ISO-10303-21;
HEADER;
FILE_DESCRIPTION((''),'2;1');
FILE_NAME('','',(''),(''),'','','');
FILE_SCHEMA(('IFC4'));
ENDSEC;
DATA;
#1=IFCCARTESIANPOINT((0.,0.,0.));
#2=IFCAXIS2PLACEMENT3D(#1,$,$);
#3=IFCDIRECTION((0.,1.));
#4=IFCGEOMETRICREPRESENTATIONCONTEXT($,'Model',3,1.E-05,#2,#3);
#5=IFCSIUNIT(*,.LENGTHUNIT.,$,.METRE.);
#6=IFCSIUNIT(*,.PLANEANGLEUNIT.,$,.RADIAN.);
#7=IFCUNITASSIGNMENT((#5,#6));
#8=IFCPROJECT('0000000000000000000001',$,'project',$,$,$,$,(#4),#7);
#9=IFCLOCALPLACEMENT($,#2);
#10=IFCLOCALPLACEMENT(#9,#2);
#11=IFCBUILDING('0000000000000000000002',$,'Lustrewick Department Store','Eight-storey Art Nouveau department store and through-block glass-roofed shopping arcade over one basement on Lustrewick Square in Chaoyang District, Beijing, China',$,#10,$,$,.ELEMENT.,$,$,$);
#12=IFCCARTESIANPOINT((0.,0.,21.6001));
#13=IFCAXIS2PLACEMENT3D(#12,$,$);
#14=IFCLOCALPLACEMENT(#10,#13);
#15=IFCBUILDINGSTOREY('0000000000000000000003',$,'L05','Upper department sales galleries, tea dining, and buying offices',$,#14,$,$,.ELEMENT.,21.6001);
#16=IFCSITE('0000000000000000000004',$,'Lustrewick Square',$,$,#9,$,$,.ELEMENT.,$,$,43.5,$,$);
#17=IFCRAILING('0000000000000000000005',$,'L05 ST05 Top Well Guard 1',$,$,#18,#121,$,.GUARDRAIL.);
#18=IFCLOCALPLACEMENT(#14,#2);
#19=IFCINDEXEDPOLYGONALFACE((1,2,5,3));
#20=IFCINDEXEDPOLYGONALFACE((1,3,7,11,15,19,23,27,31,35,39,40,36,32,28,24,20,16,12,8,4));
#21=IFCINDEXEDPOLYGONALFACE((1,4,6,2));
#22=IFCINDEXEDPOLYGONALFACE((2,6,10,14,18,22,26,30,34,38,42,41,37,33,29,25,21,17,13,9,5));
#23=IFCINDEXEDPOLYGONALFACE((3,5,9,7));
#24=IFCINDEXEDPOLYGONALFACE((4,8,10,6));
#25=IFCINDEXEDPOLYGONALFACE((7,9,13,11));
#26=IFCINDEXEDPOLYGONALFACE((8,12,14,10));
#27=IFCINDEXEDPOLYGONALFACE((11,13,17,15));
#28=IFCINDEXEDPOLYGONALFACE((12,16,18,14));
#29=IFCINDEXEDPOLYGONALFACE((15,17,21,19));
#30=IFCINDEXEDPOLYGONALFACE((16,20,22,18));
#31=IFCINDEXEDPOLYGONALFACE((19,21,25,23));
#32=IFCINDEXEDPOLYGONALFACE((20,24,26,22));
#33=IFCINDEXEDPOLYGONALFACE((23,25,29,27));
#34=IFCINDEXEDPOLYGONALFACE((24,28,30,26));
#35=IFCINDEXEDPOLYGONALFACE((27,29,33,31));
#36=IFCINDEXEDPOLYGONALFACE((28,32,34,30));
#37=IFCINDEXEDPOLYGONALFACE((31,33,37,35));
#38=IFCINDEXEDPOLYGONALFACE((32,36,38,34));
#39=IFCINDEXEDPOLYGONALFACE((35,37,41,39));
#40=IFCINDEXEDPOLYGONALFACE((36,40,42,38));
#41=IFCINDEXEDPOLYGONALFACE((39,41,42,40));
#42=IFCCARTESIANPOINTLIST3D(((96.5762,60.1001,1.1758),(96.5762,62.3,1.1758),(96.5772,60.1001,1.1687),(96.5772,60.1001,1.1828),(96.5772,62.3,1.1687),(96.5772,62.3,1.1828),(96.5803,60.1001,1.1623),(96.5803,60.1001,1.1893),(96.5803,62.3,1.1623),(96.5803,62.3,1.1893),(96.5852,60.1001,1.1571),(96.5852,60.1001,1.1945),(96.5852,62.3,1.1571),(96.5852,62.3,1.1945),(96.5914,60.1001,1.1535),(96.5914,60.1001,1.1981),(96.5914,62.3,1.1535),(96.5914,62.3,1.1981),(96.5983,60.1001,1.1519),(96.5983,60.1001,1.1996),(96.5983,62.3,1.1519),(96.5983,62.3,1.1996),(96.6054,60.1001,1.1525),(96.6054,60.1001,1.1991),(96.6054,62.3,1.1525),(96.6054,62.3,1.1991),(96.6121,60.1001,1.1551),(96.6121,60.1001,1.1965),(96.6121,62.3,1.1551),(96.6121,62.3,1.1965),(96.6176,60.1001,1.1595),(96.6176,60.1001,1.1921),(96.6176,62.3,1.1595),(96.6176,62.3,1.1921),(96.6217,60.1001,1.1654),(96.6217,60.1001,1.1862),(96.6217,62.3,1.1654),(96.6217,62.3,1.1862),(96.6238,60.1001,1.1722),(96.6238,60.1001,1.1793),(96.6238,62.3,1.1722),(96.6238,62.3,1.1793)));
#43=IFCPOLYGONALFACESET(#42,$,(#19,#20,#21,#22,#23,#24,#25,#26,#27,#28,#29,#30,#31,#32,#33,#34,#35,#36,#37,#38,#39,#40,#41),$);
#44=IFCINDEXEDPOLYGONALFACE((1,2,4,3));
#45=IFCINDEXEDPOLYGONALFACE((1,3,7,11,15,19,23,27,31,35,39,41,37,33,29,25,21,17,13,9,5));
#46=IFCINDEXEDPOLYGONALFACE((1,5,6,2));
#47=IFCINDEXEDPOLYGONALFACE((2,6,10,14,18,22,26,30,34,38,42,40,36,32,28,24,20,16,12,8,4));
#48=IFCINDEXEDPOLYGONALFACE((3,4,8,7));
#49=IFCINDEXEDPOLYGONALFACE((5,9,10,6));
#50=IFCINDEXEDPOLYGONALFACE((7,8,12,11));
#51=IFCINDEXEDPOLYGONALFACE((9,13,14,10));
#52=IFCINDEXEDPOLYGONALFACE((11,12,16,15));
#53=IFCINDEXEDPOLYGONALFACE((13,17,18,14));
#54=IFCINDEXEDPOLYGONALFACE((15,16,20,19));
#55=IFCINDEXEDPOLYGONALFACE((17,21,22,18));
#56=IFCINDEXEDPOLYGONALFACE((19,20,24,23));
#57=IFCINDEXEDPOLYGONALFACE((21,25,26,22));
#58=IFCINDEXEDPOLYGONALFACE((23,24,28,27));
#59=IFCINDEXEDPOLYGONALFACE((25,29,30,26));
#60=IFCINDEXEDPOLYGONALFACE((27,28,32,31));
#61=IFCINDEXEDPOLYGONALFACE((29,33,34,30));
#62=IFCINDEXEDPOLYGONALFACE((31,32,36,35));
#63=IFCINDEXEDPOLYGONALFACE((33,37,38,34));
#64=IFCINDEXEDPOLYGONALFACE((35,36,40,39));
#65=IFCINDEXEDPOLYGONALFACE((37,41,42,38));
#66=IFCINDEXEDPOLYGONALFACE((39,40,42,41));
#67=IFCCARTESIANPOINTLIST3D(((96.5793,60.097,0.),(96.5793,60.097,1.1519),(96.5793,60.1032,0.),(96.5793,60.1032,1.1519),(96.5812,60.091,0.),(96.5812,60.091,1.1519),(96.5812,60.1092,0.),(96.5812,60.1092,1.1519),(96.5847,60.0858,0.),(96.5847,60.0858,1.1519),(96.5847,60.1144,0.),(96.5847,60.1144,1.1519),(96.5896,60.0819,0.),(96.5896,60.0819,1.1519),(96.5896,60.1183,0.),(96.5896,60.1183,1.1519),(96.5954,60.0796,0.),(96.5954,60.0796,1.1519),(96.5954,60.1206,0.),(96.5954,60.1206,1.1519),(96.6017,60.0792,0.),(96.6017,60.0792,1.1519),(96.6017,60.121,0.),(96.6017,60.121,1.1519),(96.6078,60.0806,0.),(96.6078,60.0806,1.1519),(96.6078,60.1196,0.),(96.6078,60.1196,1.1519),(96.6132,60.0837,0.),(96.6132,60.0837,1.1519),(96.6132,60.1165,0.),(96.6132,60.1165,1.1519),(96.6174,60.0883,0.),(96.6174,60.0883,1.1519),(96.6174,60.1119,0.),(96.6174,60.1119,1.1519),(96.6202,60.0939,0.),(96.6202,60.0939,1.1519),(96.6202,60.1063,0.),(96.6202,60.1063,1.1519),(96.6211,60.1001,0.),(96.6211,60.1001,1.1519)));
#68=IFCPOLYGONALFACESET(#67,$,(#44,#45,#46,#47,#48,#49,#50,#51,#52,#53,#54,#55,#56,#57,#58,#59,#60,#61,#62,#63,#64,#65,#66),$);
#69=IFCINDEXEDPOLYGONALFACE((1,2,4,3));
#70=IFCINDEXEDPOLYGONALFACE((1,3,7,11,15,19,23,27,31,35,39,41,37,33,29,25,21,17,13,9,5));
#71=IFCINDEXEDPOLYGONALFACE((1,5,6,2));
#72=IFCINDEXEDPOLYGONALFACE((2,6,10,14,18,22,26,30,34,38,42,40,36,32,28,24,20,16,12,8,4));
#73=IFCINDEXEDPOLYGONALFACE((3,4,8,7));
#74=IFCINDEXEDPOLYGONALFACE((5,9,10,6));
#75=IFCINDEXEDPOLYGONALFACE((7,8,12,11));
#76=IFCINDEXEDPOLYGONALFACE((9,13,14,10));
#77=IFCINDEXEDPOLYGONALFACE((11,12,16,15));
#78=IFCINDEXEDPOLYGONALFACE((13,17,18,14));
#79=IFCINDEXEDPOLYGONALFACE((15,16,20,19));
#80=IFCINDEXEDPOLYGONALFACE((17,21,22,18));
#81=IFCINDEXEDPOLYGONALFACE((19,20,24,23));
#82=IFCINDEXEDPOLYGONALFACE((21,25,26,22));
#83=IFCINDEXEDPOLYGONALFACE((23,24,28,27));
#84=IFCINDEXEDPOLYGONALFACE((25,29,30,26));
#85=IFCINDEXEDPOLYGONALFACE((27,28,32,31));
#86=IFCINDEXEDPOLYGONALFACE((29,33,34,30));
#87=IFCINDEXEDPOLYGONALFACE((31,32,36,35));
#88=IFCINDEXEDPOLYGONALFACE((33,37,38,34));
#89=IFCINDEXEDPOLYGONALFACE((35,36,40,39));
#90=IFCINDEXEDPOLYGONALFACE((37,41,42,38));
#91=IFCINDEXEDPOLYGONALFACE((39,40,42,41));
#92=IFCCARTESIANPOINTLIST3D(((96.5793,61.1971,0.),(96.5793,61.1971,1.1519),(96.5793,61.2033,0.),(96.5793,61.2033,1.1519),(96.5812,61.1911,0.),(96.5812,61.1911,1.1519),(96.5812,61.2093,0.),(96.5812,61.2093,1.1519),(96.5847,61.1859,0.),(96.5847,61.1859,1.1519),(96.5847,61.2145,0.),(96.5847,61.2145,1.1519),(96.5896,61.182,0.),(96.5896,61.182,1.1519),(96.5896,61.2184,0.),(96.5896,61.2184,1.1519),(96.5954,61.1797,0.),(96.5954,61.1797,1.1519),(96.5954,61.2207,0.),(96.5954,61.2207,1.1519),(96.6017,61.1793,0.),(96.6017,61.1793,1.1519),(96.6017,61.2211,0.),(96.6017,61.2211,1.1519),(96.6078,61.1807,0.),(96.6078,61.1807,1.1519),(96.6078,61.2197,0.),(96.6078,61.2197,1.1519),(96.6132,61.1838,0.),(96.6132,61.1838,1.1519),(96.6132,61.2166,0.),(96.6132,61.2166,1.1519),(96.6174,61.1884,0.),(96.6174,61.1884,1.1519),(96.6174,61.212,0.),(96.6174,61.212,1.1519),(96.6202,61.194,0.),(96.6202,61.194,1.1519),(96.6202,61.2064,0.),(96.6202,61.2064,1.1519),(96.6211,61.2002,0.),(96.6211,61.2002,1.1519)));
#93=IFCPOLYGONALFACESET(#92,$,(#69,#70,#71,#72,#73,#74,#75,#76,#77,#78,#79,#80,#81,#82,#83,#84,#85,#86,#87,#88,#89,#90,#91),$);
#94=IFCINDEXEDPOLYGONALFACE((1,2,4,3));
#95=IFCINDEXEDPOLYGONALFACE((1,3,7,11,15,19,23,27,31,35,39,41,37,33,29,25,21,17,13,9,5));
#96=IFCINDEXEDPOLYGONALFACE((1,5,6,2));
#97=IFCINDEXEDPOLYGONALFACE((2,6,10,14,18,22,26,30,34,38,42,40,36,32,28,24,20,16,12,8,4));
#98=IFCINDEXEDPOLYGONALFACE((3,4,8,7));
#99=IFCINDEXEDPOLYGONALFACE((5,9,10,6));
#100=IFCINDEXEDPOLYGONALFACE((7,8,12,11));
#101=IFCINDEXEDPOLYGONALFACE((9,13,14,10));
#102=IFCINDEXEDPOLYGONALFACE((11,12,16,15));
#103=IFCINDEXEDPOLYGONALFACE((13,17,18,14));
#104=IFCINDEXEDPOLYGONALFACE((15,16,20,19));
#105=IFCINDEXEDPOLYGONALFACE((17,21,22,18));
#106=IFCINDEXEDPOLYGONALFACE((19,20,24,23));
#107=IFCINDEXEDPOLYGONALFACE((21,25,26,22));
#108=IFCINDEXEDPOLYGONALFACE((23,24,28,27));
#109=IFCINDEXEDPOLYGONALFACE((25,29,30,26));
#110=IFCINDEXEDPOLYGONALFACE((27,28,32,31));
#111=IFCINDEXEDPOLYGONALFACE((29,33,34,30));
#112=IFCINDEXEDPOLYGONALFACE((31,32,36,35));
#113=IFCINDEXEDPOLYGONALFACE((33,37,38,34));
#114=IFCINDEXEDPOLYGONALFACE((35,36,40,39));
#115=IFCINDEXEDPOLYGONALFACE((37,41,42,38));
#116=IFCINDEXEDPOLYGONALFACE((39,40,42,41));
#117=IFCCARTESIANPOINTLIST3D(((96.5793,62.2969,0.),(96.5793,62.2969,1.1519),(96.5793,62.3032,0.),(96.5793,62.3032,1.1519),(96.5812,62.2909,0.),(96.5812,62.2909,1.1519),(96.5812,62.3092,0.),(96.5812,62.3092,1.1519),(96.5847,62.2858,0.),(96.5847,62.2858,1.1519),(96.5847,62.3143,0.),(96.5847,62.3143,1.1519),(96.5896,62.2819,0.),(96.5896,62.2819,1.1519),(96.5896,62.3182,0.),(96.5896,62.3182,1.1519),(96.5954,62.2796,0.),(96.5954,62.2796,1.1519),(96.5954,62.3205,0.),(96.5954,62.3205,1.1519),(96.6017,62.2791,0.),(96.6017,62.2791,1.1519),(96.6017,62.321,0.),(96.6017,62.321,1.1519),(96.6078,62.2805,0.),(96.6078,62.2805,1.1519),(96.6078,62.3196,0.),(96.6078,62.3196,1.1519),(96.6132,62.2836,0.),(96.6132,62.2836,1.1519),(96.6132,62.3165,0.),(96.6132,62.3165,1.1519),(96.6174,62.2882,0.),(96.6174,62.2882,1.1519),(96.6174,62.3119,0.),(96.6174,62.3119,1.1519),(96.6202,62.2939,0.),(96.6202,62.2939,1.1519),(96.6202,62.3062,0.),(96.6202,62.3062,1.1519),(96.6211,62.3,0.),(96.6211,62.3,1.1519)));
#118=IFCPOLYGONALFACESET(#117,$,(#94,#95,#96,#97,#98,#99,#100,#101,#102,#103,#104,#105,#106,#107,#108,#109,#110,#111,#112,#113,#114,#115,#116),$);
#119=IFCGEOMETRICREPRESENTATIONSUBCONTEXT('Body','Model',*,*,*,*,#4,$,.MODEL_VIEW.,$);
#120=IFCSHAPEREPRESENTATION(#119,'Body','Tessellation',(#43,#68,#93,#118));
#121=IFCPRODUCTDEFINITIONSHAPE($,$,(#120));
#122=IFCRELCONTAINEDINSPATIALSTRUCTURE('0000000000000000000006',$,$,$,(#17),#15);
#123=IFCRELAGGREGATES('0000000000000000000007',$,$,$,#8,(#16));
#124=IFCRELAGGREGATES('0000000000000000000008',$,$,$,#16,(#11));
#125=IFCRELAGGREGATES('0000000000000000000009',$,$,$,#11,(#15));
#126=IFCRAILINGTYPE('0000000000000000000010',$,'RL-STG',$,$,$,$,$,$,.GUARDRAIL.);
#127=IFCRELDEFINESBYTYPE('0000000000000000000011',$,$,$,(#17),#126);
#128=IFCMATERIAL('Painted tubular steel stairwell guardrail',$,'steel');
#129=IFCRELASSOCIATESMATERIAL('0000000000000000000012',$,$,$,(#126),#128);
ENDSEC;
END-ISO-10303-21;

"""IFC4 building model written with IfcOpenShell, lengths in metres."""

from ifc_helpers import new_model, si_unit, direction, frame, origin, origin_2d, place, context, subcontext, project, spatial, circle, extrude, material, type_object, element, save


model = new_model("IFC4")

# Units and contexts
model_context = context("Model", 3, precision=1e-05, world=origin(), true_north=direction((0.0, 1.0)))
body_context = subcontext(model_context, "Body", "Model", "MODEL_VIEW")
ifc_project = project(units=[si_unit("LENGTHUNIT", "METRE"), si_unit("PLANEANGLEUNIT", "RADIAN")], contexts=[model_context])

# Site, building, storey
site_placement = place(None, origin())
site = spatial("IfcSite", under=ifc_project, at=site_placement, Name="Lustrewick Square", CompositionType="ELEMENT", RefElevation=43.5)
building_placement = place(site_placement, origin())
building = spatial("IfcBuilding", under=site, at=building_placement, Name="Lustrewick Department Store", Description="Eight-storey Art Nouveau department store and through-block glass-roofed shopping arcade over one basement on Lustrewick Square in Chaoyang District, Beijing, China", CompositionType="ELEMENT")
storey_placement = place(building_placement, frame((0.0, 0.0, 21.6001)))
storey = spatial("IfcBuildingStorey", under=building, at=storey_placement, Name="L05", Description="Upper department sales galleries, tea dining, and buying offices", CompositionType="ELEMENT", Elevation=21.6001)

# Railing
ifc_material_1 = material(Name="Painted tubular steel stairwell guardrail", Category="steel")
railing_type_1 = type_object("IfcRailingType", Name="RL-STG", PredefinedType="GUARDRAIL", material=ifc_material_1)
railing_1_placement = place(storey_placement, frame((96.6001, 60.1001, 0.0)))
element("IfcRailing", 1, at=railing_1_placement, inside=storey, type_object=railing_type_1, Name="L05 ST05 Top Well Guard 1", PredefinedType="GUARDRAIL", context=body_context, shape_type="SweptSolid", body=[
    extrude(circle(Radius=0.0239, at=origin_2d()), frame((0.0, 0.0, 1.1758), z_axis=(0.0, 1.0, 0.0), x_axis=(-1.0, 0.0, 0.0)), (0.0, 0.0, 1.0), 2.2),
    extrude(circle(Radius=0.021, at=origin_2d()), origin(), (0.0, 0.0, 1.0), 1.1519),
    extrude(circle(Radius=0.021, at=origin_2d()), frame((0.0, 1.1001, 0.0)), (0.0, 0.0, 1.0), 1.1519),
    extrude(circle(Radius=0.021, at=origin_2d()), frame((0.0, 2.2, 0.0)), (0.0, 0.0, 1.0), 1.1519),
])

save(model, "model.ifc")
